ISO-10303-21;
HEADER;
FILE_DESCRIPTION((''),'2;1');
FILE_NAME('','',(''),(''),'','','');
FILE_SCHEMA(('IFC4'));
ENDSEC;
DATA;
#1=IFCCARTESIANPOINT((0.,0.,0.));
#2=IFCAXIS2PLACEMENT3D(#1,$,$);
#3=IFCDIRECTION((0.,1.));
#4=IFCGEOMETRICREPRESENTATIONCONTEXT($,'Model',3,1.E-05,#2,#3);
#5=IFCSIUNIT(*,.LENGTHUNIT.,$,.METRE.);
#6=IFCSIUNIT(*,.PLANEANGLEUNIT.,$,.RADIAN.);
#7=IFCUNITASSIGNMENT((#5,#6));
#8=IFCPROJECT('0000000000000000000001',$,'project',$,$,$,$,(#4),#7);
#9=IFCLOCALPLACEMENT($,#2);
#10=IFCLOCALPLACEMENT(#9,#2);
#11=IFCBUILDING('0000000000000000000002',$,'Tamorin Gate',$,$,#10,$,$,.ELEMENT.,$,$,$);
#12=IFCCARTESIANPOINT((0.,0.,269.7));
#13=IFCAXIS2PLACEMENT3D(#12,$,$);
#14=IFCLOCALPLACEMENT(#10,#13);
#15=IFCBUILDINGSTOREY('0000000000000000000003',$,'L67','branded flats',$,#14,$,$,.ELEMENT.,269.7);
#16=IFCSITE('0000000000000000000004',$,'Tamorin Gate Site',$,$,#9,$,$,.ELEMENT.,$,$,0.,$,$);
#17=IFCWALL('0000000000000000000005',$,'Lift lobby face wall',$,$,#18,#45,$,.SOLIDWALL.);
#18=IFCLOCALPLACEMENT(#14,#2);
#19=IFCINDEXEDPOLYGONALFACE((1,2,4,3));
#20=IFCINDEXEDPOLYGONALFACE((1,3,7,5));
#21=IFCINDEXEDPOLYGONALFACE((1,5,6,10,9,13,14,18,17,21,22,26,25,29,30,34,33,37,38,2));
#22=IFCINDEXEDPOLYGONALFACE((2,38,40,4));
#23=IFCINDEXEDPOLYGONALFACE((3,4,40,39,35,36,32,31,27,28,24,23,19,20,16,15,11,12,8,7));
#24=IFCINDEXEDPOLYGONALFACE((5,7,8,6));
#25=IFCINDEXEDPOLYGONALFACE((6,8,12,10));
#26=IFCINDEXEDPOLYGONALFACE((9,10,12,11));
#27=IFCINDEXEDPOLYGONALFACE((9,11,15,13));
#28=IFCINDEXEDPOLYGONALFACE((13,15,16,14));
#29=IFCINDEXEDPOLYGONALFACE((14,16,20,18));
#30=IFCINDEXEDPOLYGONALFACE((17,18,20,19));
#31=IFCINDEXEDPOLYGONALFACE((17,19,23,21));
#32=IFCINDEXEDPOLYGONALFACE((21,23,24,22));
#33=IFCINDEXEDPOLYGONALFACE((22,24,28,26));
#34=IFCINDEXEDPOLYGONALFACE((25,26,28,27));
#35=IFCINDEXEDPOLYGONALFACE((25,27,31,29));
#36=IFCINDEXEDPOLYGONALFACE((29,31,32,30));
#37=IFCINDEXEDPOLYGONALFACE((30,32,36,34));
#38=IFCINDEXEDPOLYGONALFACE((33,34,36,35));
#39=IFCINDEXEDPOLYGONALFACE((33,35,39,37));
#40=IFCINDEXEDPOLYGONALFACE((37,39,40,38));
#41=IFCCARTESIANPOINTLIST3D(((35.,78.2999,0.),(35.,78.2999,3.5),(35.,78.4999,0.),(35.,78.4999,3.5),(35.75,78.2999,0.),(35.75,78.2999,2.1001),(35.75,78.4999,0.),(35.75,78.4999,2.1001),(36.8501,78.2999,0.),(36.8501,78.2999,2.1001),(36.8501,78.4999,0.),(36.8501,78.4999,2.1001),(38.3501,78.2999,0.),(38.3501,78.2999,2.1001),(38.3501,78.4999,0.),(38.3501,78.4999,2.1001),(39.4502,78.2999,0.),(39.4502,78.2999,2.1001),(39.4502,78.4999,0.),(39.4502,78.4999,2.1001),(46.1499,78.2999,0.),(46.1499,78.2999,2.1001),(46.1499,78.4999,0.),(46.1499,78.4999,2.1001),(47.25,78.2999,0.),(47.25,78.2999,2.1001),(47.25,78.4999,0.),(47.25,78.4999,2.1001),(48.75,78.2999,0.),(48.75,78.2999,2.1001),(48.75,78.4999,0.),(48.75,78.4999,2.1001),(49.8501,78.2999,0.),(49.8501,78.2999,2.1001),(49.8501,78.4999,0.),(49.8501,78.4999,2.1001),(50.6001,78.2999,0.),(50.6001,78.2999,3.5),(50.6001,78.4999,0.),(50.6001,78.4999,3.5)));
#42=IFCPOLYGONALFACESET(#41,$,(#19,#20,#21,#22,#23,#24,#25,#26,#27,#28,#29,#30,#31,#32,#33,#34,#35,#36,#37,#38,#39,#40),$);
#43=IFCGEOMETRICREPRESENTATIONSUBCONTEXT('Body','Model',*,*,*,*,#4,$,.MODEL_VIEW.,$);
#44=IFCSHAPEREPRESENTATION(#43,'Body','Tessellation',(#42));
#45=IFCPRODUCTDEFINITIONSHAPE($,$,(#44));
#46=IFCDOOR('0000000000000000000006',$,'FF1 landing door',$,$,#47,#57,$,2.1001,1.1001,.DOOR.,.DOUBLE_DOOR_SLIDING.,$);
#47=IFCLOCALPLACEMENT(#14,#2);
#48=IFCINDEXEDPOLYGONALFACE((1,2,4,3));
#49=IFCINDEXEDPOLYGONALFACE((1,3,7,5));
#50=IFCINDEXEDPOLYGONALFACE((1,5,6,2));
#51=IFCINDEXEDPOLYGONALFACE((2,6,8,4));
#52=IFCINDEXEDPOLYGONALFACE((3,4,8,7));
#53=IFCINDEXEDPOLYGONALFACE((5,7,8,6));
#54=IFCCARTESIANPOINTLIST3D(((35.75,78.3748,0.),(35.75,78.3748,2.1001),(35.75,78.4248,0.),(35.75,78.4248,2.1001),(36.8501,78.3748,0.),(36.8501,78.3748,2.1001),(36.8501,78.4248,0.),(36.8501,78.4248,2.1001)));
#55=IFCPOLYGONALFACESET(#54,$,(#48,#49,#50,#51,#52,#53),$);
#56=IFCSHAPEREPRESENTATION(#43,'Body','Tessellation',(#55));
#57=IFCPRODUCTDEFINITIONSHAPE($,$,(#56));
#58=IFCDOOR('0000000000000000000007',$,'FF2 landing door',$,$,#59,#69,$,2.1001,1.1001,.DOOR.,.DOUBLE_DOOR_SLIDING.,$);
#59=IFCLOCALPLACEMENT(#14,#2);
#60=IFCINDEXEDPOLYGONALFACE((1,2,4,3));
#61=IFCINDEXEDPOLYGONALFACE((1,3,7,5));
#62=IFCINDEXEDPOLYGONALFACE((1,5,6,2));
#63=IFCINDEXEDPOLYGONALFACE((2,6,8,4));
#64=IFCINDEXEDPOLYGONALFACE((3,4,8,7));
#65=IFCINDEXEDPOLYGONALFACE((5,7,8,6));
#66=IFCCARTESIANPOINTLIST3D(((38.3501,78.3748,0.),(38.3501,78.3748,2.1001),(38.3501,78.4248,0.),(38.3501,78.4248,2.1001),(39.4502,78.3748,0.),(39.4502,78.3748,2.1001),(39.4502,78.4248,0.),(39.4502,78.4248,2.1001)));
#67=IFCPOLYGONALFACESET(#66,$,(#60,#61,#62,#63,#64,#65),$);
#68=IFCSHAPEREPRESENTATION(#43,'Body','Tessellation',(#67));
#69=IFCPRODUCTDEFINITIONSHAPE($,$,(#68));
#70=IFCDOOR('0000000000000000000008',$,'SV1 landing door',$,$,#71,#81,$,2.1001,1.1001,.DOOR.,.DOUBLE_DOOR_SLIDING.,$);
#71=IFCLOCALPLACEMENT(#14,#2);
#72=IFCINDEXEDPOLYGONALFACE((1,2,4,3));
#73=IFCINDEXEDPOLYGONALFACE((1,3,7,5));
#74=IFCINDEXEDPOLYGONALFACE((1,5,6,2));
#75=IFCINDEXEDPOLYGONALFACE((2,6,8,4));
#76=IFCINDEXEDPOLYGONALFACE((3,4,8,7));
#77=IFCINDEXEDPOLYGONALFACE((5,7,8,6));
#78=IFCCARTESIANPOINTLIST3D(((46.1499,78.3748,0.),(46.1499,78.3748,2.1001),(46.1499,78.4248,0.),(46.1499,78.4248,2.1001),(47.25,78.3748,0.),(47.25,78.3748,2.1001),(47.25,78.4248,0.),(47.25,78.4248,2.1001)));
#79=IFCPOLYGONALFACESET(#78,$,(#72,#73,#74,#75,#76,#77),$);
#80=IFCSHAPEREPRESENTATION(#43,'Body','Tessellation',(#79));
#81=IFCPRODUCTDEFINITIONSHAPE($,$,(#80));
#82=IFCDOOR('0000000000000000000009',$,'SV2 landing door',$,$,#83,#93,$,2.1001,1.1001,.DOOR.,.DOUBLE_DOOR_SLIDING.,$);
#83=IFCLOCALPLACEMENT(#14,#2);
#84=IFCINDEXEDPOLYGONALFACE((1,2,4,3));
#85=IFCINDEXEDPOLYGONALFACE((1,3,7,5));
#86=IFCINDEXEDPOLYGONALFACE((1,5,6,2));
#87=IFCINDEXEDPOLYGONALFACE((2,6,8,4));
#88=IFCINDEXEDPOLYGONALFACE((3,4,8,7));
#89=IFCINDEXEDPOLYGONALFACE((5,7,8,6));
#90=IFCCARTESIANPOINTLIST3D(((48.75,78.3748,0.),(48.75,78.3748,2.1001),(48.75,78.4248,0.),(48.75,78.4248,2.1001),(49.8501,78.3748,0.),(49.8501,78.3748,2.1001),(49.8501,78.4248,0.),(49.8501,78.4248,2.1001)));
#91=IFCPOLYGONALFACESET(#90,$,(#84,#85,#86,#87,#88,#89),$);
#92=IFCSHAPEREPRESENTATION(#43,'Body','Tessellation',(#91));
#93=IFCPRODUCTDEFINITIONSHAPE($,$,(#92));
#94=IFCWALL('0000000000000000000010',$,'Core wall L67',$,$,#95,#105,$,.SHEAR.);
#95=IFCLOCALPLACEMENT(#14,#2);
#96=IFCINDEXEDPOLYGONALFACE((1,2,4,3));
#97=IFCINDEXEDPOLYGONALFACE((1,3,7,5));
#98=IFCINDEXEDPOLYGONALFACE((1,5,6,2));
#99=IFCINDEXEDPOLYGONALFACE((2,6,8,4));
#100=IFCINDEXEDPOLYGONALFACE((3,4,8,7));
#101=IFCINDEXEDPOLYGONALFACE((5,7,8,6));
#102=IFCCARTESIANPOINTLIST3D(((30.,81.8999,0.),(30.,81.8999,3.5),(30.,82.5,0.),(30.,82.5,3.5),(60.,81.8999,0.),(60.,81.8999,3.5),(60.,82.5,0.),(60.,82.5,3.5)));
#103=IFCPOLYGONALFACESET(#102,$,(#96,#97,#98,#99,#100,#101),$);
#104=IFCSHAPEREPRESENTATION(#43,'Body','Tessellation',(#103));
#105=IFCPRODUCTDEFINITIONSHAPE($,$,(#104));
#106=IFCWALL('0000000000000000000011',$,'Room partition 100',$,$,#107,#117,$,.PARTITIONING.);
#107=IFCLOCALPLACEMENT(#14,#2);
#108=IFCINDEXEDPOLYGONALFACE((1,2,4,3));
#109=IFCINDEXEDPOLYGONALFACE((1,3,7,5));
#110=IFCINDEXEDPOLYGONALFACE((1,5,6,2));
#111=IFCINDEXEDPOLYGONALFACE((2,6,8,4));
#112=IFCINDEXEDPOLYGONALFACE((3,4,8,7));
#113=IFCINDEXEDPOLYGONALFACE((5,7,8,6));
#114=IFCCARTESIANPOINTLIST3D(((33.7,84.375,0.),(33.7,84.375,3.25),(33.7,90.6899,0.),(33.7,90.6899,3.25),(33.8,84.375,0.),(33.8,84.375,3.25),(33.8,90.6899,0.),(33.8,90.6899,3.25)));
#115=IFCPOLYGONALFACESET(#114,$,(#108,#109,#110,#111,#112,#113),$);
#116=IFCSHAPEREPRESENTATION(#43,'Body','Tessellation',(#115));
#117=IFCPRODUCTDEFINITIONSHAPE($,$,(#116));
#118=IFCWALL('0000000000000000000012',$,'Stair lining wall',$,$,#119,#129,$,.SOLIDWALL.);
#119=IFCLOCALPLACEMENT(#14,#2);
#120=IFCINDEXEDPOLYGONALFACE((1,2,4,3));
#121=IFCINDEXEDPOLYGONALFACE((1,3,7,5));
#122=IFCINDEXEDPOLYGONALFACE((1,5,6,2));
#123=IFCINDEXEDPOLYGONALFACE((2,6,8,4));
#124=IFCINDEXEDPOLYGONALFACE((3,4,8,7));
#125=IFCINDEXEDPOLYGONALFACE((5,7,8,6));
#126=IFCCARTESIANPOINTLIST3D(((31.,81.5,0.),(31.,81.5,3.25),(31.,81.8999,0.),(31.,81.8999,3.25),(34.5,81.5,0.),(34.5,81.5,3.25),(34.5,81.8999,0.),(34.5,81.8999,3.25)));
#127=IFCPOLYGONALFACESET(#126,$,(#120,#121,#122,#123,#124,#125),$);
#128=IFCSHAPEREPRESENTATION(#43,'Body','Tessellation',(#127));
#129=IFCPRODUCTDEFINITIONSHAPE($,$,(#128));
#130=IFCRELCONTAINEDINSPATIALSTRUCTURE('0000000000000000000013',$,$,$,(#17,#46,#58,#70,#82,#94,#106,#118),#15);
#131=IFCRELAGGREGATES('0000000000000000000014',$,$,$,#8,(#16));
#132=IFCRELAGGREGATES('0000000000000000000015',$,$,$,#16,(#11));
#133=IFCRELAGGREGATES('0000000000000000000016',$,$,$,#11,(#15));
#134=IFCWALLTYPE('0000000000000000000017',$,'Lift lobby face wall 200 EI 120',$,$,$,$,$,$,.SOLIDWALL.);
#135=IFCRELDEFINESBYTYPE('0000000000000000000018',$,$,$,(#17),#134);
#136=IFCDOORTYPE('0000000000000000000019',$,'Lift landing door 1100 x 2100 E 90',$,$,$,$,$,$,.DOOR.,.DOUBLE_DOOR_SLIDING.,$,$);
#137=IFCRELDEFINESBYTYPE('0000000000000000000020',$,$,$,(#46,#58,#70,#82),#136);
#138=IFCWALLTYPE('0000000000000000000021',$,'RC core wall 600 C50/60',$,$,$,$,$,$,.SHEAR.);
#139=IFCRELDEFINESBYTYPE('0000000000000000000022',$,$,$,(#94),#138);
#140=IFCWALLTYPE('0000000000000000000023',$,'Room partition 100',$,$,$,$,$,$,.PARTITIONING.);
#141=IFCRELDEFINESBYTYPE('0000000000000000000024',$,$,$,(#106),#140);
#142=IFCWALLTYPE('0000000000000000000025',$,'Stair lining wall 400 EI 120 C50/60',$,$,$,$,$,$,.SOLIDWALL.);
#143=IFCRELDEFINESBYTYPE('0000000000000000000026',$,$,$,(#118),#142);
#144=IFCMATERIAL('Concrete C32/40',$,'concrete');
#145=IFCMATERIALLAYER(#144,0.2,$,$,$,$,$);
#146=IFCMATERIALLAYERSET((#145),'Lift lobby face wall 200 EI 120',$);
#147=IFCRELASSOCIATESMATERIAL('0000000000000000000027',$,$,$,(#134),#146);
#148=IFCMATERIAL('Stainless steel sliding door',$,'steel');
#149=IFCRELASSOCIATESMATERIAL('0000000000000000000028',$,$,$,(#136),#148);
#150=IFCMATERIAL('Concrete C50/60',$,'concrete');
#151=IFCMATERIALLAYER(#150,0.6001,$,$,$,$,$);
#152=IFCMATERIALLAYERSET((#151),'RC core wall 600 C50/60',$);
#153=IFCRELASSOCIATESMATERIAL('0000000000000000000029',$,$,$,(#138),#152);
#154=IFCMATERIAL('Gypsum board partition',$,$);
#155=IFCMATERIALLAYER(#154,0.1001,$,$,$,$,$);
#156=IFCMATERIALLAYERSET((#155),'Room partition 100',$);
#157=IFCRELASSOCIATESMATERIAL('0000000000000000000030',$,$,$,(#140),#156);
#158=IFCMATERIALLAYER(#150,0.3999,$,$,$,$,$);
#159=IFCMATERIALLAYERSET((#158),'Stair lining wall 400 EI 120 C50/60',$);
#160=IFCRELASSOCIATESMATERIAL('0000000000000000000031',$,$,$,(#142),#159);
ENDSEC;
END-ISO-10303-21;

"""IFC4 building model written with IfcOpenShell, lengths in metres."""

from ifc_helpers import new_model, si_unit, direction, frame, frame_2d, origin, place, context, subcontext, project, spatial, rectangle, extrude, material, layer, layer_set, type_object, element, fill, save


model = new_model("IFC4")

# Units and contexts
model_context = context("Model", 3, precision=1e-05, world=origin(), true_north=direction((0.0, 1.0)))
body_context = subcontext(model_context, "Body", "Model", "MODEL_VIEW")
ifc_project = project(units=[si_unit("LENGTHUNIT", "METRE"), si_unit("PLANEANGLEUNIT", "RADIAN")], contexts=[model_context])

# Site, building, storey
site_placement = place(None, origin())
site = spatial("IfcSite", under=ifc_project, at=site_placement, Name="Tamorin Gate Site", CompositionType="ELEMENT", RefElevation=0.0)
building_placement = place(site_placement, origin())
building = spatial("IfcBuilding", under=site, at=building_placement, Name="Tamorin Gate", CompositionType="ELEMENT")
storey_placement = place(building_placement, frame((0.0, 0.0, 269.7)))
storey = spatial("IfcBuildingStorey", under=building, at=storey_placement, Name="L67", Description="branded flats", CompositionType="ELEMENT", Elevation=269.7)

# Shared definitions
ifc_material_1 = material(Name="Gypsum board partition")

# Wall, openings, doors
ifc_material_2 = material(Name="Concrete C32/40", Category="concrete")
ifc_layer_1 = layer(ifc_material_2, 0.2)
ifc_layer_set_1 = layer_set([ifc_layer_1], Name="Lift lobby face wall 200 EI 120")
wall_type_1 = type_object("IfcWallType", Name="Lift lobby face wall 200 EI 120", PredefinedType="SOLIDWALL", material=ifc_layer_set_1)
wall_1_placement = place(storey_placement, frame((35.0, 78.3999, 0.0), z_axis=(0.0, 0.0, 1.0), x_axis=(1.0, 0.0, 0.0)))
wall_1 = element("IfcWall", 1, at=wall_1_placement, inside=storey, type_object=wall_type_1, Name="Lift lobby face wall", PredefinedType="SOLIDWALL", context=body_context, shape_type="SweptSolid", body=[
    extrude(rectangle(XDim=15.6001, YDim=0.2, at=frame_2d((7.8, 0.0))), origin(), (0.0, 0.0, 1.0), 3.5),
])
opening_1_placement = place(wall_1_placement, frame((0.75, 0.0, 0.0)))
opening_1 = element("IfcOpeningElement", 2, at=opening_1_placement, cuts=wall_1, PredefinedType="OPENING", context=body_context, shape_type="SweptSolid", body=[
    extrude(rectangle(XDim=1.1001, YDim=2.1001, at=frame_2d((0.55, 1.05))), frame((0.0, 0.1099, 0.0), z_axis=(0.0, -1.0, 0.0), x_axis=(1.0, 0.0, 0.0)), (0.0, 0.0, 1.0), 0.22),
])
opening_2_placement = place(wall_1_placement, frame((3.3501, 0.0, 0.0)))
opening_2 = element("IfcOpeningElement", 3, at=opening_2_placement, cuts=wall_1, PredefinedType="OPENING", context=body_context, shape_type="SweptSolid", body=[
    extrude(rectangle(XDim=1.1001, YDim=2.1001, at=frame_2d((0.55, 1.05))), frame((0.0, 0.1099, 0.0), z_axis=(0.0, -1.0, 0.0), x_axis=(1.0, 0.0, 0.0)), (0.0, 0.0, 1.0), 0.22),
])
opening_3_placement = place(wall_1_placement, frame((11.1499, 0.0, 0.0)))
opening_3 = element("IfcOpeningElement", 4, at=opening_3_placement, cuts=wall_1, PredefinedType="OPENING", context=body_context, shape_type="SweptSolid", body=[
    extrude(rectangle(XDim=1.1001, YDim=2.1001, at=frame_2d((0.55, 1.05))), frame((0.0, 0.1099, 0.0), z_axis=(0.0, -1.0, 0.0), x_axis=(1.0, 0.0, 0.0)), (0.0, 0.0, 1.0), 0.22),
])
opening_4_placement = place(wall_1_placement, frame((13.75, 0.0, 0.0)))
opening_4 = element("IfcOpeningElement", 5, at=opening_4_placement, cuts=wall_1, PredefinedType="OPENING", context=body_context, shape_type="SweptSolid", body=[
    extrude(rectangle(XDim=1.1001, YDim=2.1001, at=frame_2d((0.55, 1.05))), frame((0.0, 0.1099, 0.0), z_axis=(0.0, -1.0, 0.0), x_axis=(1.0, 0.0, 0.0)), (0.0, 0.0, 1.0), 0.22),
])
ifc_material_3 = material(Name="Stainless steel sliding door", Category="steel")
door_type_1 = type_object("IfcDoorType", Name="Lift landing door 1100 x 2100 E 90", OperationType="DOUBLE_DOOR_SLIDING", PredefinedType="DOOR", material=ifc_material_3)
door_1_placement = place(opening_1_placement, origin())
door_1 = element("IfcDoor", 6, at=door_1_placement, inside=storey, type_object=door_type_1, Name="FF1 landing door", OperationType="DOUBLE_DOOR_SLIDING", OverallHeight=2.1001, OverallWidth=1.1001, PredefinedType="DOOR", context=body_context, shape_type="SweptSolid", body=[
    extrude(rectangle(XDim=1.1001, YDim=2.1001, at=frame_2d((0.55, 1.05))), frame((0.0, 0.0249, 0.0), z_axis=(0.0, -1.0, 0.0), x_axis=(1.0, 0.0, 0.0)), (0.0, 0.0, 1.0), 0.05),
])
fill(opening_1, door_1)
door_2_placement = place(opening_2_placement, origin())
door_2 = element("IfcDoor", 7, at=door_2_placement, inside=storey, type_object=door_type_1, Name="FF2 landing door", OperationType="DOUBLE_DOOR_SLIDING", OverallHeight=2.1001, OverallWidth=1.1001, PredefinedType="DOOR", context=body_context, shape_type="SweptSolid", body=[
    extrude(rectangle(XDim=1.1001, YDim=2.1001, at=frame_2d((0.55, 1.05))), frame((0.0, 0.0249, 0.0), z_axis=(0.0, -1.0, 0.0), x_axis=(1.0, 0.0, 0.0)), (0.0, 0.0, 1.0), 0.05),
])
fill(opening_2, door_2)
door_3_placement = place(opening_3_placement, origin())
door_3 = element("IfcDoor", 8, at=door_3_placement, inside=storey, type_object=door_type_1, Name="SV1 landing door", OperationType="DOUBLE_DOOR_SLIDING", OverallHeight=2.1001, OverallWidth=1.1001, PredefinedType="DOOR", context=body_context, shape_type="SweptSolid", body=[
    extrude(rectangle(XDim=1.1001, YDim=2.1001, at=frame_2d((0.55, 1.05))), frame((0.0, 0.0249, 0.0), z_axis=(0.0, -1.0, 0.0), x_axis=(1.0, 0.0, 0.0)), (0.0, 0.0, 1.0), 0.05),
])
fill(opening_3, door_3)
door_4_placement = place(opening_4_placement, origin())
door_4 = element("IfcDoor", 9, at=door_4_placement, inside=storey, type_object=door_type_1, Name="SV2 landing door", OperationType="DOUBLE_DOOR_SLIDING", OverallHeight=2.1001, OverallWidth=1.1001, PredefinedType="DOOR", context=body_context, shape_type="SweptSolid", body=[
    extrude(rectangle(XDim=1.1001, YDim=2.1001, at=frame_2d((0.55, 1.05))), frame((0.0, 0.0249, 0.0), z_axis=(0.0, -1.0, 0.0), x_axis=(1.0, 0.0, 0.0)), (0.0, 0.0, 1.0), 0.05),
])
fill(opening_4, door_4)

# Walls
ifc_material_4 = material(Name="Concrete C50/60", Category="concrete")
ifc_layer_2 = layer(ifc_material_4, 0.6001)
ifc_layer_set_2 = layer_set([ifc_layer_2], Name="RC core wall 600 C50/60")
wall_type_2 = type_object("IfcWallType", Name="RC core wall 600 C50/60", PredefinedType="SHEAR", material=ifc_layer_set_2)
wall_2_placement = place(storey_placement, frame((30.0, 82.2, 0.0), z_axis=(0.0, 0.0, 1.0), x_axis=(1.0, 0.0, 0.0)))
element("IfcWall", 10, at=wall_2_placement, inside=storey, type_object=wall_type_2, Name="Core wall L67", PredefinedType="SHEAR", context=body_context, shape_type="SweptSolid", body=[
    extrude(rectangle(XDim=30.0, YDim=0.6001, at=frame_2d((15.0, 0.0))), origin(), (0.0, 0.0, 1.0), 3.5),
])
ifc_layer_3 = layer(ifc_material_1, 0.1001)
ifc_layer_set_3 = layer_set([ifc_layer_3], Name="Room partition 100")
wall_type_3 = type_object("IfcWallType", Name="Room partition 100", PredefinedType="PARTITIONING", material=ifc_layer_set_3)
wall_3_placement = place(storey_placement, frame((33.75, 84.375, 0.0), z_axis=(0.0, 0.0, 1.0), x_axis=(0.0, 1.0, 0.0)))
element("IfcWall", 11, at=wall_3_placement, inside=storey, type_object=wall_type_3, Name="Room partition 100", PredefinedType="PARTITIONING", context=body_context, shape_type="SweptSolid", body=[
    extrude(rectangle(XDim=6.3149, YDim=0.1001, at=frame_2d((3.1575, 0.0))), origin(), (0.0, 0.0, 1.0), 3.25),
])
ifc_layer_4 = layer(ifc_material_4, 0.3999)
ifc_layer_set_4 = layer_set([ifc_layer_4], Name="Stair lining wall 400 EI 120 C50/60")
wall_type_4 = type_object("IfcWallType", Name="Stair lining wall 400 EI 120 C50/60", PredefinedType="SOLIDWALL", material=ifc_layer_set_4)
wall_4_placement = place(storey_placement, frame((31.0, 81.7, 0.0), z_axis=(0.0, 0.0, 1.0), x_axis=(1.0, 0.0, 0.0)))
element("IfcWall", 12, at=wall_4_placement, inside=storey, type_object=wall_type_4, Name="Stair lining wall", PredefinedType="SOLIDWALL", context=body_context, shape_type="SweptSolid", body=[
    extrude(rectangle(XDim=3.5, YDim=0.3999, at=frame_2d((1.75, 0.0))), origin(), (0.0, 0.0, 1.0), 3.25),
])

save(model, "model.ifc")
